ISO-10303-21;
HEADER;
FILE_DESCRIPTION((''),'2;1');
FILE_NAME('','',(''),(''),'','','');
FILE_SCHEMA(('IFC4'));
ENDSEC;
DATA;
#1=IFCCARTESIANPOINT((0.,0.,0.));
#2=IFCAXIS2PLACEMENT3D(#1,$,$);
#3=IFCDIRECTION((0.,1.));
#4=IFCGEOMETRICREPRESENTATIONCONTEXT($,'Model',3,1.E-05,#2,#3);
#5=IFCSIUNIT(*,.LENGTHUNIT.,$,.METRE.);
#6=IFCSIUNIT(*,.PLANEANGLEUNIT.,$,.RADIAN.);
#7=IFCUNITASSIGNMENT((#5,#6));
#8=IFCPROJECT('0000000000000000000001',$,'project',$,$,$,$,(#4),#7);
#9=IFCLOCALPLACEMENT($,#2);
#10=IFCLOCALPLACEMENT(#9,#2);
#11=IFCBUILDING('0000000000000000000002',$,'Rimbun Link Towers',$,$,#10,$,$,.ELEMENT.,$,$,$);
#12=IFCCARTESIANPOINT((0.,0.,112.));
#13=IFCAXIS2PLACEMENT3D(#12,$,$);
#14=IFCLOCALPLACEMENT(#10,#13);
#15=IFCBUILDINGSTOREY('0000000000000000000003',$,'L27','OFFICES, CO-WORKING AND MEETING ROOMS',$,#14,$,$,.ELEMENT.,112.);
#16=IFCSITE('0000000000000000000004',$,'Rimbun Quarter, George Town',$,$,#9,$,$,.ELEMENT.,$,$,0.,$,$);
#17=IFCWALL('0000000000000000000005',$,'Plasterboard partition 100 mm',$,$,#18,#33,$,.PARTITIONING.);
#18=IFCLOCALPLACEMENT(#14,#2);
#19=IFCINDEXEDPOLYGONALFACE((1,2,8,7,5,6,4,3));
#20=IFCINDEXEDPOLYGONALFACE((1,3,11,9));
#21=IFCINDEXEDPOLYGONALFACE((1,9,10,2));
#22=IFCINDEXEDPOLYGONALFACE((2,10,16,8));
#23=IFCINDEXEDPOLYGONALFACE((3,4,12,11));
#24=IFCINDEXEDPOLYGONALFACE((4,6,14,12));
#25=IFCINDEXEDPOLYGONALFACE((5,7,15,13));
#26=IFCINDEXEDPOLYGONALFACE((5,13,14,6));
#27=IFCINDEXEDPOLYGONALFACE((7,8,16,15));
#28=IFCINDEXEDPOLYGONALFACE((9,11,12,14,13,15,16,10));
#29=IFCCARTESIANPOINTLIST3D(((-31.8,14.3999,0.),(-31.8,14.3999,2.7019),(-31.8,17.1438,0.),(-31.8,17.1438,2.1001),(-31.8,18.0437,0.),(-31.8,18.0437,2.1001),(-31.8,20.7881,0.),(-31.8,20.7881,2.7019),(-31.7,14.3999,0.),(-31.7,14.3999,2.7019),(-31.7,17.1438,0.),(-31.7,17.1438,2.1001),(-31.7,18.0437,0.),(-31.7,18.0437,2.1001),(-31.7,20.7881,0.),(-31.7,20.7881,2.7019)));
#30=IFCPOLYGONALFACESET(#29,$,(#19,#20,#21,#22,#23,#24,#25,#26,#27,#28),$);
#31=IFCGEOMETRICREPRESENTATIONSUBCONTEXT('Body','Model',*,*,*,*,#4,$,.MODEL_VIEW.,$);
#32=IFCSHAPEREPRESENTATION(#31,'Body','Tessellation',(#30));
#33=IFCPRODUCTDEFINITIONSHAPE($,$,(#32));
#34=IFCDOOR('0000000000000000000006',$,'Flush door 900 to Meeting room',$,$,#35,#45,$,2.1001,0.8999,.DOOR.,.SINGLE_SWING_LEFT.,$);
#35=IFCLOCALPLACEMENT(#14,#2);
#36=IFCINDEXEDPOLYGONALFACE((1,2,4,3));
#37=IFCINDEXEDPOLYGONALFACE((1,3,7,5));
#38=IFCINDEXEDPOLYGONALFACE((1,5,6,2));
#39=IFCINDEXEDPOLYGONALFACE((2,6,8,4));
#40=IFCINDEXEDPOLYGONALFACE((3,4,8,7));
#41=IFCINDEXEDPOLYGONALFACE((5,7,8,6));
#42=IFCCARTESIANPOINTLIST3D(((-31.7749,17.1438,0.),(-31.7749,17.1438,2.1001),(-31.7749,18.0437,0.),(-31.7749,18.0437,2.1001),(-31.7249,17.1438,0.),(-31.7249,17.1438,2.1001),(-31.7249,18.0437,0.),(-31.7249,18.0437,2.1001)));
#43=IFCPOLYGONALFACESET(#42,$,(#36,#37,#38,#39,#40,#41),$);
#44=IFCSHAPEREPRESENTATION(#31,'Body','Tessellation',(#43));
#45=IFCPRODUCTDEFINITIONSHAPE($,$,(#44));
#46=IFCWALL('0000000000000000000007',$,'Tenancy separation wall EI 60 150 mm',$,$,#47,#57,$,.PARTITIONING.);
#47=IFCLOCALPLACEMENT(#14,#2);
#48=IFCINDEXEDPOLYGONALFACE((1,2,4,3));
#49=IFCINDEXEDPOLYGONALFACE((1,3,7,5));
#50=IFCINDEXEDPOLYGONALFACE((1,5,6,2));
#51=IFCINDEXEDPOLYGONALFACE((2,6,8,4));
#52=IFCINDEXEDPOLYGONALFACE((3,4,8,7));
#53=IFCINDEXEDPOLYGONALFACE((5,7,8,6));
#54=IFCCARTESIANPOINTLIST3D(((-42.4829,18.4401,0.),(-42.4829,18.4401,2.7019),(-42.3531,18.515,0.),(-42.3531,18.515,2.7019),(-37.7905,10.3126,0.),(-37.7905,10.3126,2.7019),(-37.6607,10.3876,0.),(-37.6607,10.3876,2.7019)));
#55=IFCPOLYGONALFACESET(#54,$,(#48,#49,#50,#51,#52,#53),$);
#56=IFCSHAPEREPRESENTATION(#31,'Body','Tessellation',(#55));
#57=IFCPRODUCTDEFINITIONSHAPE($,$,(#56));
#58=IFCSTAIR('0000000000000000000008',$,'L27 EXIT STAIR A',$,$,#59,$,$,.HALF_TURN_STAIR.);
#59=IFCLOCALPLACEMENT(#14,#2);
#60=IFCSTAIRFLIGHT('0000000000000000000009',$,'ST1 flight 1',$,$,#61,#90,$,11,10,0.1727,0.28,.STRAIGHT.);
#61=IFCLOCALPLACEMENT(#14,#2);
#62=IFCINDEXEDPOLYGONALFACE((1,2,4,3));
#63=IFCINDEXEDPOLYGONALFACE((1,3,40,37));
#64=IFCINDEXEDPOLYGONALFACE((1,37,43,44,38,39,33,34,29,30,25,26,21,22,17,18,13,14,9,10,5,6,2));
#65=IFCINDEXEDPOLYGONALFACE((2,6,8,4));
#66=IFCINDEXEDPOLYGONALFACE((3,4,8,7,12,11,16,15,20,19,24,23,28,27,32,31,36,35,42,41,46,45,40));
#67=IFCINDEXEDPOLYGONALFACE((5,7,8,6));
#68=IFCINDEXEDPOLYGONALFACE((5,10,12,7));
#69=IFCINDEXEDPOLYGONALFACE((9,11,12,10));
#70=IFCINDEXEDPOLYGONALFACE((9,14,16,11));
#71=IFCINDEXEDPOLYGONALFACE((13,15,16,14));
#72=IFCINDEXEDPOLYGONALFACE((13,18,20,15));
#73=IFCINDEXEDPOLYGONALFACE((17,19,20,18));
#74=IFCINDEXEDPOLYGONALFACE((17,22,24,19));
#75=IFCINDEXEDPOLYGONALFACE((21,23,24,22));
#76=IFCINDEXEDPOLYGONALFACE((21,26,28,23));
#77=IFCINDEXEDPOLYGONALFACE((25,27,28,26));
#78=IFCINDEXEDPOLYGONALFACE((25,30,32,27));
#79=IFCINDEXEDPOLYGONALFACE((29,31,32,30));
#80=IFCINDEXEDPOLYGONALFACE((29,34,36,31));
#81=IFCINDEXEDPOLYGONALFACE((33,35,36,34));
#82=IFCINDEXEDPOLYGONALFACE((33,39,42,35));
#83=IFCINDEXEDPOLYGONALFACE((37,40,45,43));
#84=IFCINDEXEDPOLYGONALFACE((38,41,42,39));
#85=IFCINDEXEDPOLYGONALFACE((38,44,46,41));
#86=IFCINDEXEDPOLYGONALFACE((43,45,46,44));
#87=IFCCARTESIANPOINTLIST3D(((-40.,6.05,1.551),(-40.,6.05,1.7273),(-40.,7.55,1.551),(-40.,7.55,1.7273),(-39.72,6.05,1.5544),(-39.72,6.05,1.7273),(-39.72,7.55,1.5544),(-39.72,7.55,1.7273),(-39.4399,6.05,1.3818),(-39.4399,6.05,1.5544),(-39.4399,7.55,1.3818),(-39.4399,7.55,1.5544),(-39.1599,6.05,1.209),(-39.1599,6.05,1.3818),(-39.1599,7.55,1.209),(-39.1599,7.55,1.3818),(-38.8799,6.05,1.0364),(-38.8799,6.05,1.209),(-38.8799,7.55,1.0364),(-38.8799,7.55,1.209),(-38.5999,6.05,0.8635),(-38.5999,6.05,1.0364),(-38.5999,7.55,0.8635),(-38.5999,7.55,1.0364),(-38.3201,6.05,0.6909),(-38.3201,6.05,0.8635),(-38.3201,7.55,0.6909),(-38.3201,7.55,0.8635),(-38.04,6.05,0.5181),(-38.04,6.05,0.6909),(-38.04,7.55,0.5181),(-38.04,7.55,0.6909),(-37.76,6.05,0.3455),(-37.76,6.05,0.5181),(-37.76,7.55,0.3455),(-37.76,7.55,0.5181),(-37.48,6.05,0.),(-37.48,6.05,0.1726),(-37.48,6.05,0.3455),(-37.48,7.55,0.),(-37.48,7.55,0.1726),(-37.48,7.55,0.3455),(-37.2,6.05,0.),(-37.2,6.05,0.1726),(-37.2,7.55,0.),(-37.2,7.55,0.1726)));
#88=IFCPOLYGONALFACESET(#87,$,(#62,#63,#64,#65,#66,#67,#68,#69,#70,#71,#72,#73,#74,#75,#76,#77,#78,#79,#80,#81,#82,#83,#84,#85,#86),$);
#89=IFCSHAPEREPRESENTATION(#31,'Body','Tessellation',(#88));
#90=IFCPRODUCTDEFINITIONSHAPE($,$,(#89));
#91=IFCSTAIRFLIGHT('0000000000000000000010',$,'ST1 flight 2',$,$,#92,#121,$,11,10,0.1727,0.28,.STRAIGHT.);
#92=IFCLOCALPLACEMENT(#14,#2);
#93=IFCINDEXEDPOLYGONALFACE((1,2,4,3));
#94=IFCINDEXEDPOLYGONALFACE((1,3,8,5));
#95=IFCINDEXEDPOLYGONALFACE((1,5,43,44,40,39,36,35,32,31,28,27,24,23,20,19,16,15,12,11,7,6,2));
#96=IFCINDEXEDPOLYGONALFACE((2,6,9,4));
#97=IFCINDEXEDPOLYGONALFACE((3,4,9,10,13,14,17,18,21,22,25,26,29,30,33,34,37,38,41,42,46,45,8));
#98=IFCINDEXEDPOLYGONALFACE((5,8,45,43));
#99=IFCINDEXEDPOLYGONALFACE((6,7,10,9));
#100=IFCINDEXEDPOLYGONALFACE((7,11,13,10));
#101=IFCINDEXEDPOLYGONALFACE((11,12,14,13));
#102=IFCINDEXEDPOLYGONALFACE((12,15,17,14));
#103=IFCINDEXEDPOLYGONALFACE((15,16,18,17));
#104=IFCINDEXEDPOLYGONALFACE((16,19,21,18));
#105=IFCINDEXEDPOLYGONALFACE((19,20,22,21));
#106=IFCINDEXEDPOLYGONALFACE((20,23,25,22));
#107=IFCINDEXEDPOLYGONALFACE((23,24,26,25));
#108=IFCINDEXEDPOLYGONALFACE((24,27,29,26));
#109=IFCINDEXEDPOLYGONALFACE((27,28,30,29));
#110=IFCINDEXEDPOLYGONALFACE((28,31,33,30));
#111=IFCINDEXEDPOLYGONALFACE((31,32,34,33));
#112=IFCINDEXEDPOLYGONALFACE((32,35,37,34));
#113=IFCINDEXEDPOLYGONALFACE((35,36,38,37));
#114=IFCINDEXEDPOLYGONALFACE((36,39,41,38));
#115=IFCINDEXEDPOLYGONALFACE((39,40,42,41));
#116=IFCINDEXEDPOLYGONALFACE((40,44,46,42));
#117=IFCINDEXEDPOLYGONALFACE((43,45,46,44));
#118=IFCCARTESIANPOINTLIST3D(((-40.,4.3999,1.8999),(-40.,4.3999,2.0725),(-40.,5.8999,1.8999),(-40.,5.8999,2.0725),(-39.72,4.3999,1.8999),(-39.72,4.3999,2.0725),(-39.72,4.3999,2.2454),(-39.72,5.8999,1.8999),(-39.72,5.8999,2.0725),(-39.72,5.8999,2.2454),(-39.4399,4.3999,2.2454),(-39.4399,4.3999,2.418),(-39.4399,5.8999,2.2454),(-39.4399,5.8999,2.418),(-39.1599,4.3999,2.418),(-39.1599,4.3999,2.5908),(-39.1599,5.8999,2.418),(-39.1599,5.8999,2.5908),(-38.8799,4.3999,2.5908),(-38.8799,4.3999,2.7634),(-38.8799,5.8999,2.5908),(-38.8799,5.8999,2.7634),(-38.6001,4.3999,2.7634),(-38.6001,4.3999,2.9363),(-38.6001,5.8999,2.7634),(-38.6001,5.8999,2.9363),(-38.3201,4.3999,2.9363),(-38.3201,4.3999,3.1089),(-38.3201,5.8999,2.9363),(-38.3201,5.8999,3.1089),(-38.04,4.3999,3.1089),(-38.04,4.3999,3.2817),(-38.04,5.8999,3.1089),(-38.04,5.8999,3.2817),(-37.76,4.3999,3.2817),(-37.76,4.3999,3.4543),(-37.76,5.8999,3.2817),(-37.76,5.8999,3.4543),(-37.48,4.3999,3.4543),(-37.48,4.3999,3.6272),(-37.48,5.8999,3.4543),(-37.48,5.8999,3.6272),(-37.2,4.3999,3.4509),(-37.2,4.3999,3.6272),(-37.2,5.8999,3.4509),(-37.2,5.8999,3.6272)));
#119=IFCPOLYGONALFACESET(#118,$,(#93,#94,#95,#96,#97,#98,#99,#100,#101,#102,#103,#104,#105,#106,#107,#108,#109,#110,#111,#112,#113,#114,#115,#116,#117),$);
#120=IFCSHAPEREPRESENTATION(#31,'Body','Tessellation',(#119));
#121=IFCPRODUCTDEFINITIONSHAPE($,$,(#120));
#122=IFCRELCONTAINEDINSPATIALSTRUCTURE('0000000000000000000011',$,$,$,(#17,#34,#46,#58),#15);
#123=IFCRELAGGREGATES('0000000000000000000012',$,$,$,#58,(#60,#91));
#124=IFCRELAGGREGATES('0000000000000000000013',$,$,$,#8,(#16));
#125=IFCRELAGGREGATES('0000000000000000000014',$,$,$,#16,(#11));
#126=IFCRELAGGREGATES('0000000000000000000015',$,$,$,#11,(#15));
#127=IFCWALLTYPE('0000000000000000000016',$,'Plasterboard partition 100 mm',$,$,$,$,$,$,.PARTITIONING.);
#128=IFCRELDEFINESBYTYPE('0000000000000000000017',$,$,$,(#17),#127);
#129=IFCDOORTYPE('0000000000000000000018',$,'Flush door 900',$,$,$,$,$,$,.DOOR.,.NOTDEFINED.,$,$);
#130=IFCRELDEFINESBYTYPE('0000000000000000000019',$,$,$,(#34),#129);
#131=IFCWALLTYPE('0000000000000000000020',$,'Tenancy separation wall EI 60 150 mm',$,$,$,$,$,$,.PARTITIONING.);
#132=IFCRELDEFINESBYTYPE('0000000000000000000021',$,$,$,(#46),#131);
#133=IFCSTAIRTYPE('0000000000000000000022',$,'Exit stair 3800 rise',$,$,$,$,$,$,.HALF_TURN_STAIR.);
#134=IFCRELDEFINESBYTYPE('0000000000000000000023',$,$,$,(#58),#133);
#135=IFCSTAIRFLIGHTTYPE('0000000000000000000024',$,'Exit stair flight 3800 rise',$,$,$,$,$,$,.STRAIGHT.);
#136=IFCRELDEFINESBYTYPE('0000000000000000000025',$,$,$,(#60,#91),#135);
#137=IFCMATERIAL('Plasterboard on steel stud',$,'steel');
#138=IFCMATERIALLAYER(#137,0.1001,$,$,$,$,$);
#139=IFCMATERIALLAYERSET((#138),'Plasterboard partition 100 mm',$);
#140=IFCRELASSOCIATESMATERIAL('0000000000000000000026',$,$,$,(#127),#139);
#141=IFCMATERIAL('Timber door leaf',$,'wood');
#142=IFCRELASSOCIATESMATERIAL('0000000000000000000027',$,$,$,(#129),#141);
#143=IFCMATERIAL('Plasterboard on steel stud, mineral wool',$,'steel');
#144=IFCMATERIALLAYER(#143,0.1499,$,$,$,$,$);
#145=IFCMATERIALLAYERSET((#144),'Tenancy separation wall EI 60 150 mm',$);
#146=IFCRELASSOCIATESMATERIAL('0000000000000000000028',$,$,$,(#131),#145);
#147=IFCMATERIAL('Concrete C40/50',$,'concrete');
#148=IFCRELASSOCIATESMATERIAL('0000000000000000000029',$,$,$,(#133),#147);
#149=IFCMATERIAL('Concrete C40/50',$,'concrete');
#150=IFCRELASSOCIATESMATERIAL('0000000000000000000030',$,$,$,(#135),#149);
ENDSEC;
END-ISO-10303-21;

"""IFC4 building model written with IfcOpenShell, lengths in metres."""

from ifc_helpers import new_model, si_unit, direction, frame, frame_2d, origin, place, context, subcontext, project, spatial, polyline, rectangle, outline, extrude, material, layer, layer_set, type_object, element, fill, aggregate, save


model = new_model("IFC4")

# Units and contexts
model_context = context("Model", 3, precision=1e-05, world=origin(), true_north=direction((0.0, 1.0)))
body_context = subcontext(model_context, "Body", "Model", "MODEL_VIEW")
ifc_project = project(units=[si_unit("LENGTHUNIT", "METRE"), si_unit("PLANEANGLEUNIT", "RADIAN")], contexts=[model_context])

# Site, building, storey
site_placement = place(None, origin())
site = spatial("IfcSite", under=ifc_project, at=site_placement, Name="Rimbun Quarter, George Town", CompositionType="ELEMENT", RefElevation=0.0)
building_placement = place(site_placement, origin())
building = spatial("IfcBuilding", under=site, at=building_placement, Name="Rimbun Link Towers", CompositionType="ELEMENT")
storey_placement = place(building_placement, frame((0.0, 0.0, 112.0)))
storey = spatial("IfcBuildingStorey", under=building, at=storey_placement, Name="L27", Description="OFFICES, CO-WORKING AND MEETING ROOMS", CompositionType="ELEMENT", Elevation=112.0)

# Shared definitions
ifc_material_1 = material(Name="Plasterboard on steel stud", Category="steel")
ifc_layer_1 = layer(ifc_material_1, 0.1001)
ifc_layer_set_1 = layer_set([ifc_layer_1], Name="Plasterboard partition 100 mm")
wall_type_1 = type_object("IfcWallType", Name="Plasterboard partition 100 mm", PredefinedType="PARTITIONING", material=ifc_layer_set_1)
ifc_material_2 = material(Name="Timber door leaf", Category="wood")
door_type_1 = type_object("IfcDoorType", Name="Flush door 900", OperationType="NOTDEFINED", PredefinedType="DOOR", material=ifc_material_2)

# Wall, opening, door
wall_1_placement = place(storey_placement, frame((-31.75, 14.3999, 0.0), z_axis=(0.0, 0.0, 1.0), x_axis=(0.0, 1.0, 0.0)))
wall_1 = element("IfcWall", 1, at=wall_1_placement, inside=storey, type_object=wall_type_1, Name="Plasterboard partition 100 mm", PredefinedType="PARTITIONING", context=body_context, shape_type="SweptSolid", body=[
    extrude(rectangle(XDim=6.3882, YDim=0.1001, at=frame_2d((3.1941, 0.0))), origin(), (0.0, 0.0, 1.0), 2.7019),
])
opening_1_placement = place(wall_1_placement, frame((2.7439, 0.0, 0.0)))
opening_1 = element("IfcOpeningElement", 2, at=opening_1_placement, cuts=wall_1, PredefinedType="OPENING", context=body_context, shape_type="SweptSolid", body=[
    extrude(rectangle(XDim=0.8999, YDim=2.1001, at=frame_2d((0.45, 1.05))), frame((0.0, 0.0601, 0.0), z_axis=(0.0, -1.0, 0.0), x_axis=(1.0, 0.0, 0.0)), (0.0, 0.0, 1.0), 0.1201),
])
door_1_placement = place(opening_1_placement, origin())
door_1 = element("IfcDoor", 3, at=door_1_placement, inside=storey, type_object=door_type_1, Name="Flush door 900 to Meeting room", OperationType="SINGLE_SWING_LEFT", OverallHeight=2.1001, OverallWidth=0.8999, PredefinedType="DOOR", context=body_context, shape_type="SweptSolid", body=[
    extrude(rectangle(XDim=0.8999, YDim=2.1001, at=frame_2d((0.45, 1.05))), frame((0.0, 0.0249, 0.0), z_axis=(0.0, -1.0, 0.0), x_axis=(1.0, 0.0, 0.0)), (0.0, 0.0, 1.0), 0.05),
])
fill(opening_1, door_1)

# Wall
ifc_material_3 = material(Name="Plasterboard on steel stud, mineral wool", Category="steel")
ifc_layer_2 = layer(ifc_material_3, 0.1499)
ifc_layer_set_2 = layer_set([ifc_layer_2], Name="Tenancy separation wall EI 60 150 mm")
wall_type_2 = type_object("IfcWallType", Name="Tenancy separation wall EI 60 150 mm", PredefinedType="PARTITIONING", material=ifc_layer_set_2)
wall_2_placement = place(storey_placement, frame((-37.7256, 10.3501, 0.0), z_axis=(0.0, 0.0, 1.0), x_axis=(-0.5, 0.866025, 0.0)))
element("IfcWall", 4, at=wall_2_placement, inside=storey, type_object=wall_type_2, Name="Tenancy separation wall EI 60 150 mm", PredefinedType="PARTITIONING", context=body_context, shape_type="SweptSolid", body=[
    extrude(rectangle(XDim=9.3848, YDim=0.1499, at=frame_2d((4.6924, 0.0))), origin(), (0.0, 0.0, 1.0), 2.7019),
])

# Stair, stair flights
ifc_material_4 = material(Name="Concrete C40/50", Category="concrete")
stair_type = type_object("IfcStairType", Name="Exit stair 3800 rise", PredefinedType="HALF_TURN_STAIR", material=ifc_material_4)
stair_placement = place(storey_placement, origin())
stair = element("IfcStair", 5, at=stair_placement, inside=storey, type_object=stair_type, Name="L27 EXIT STAIR A", PredefinedType="HALF_TURN_STAIR")
ifc_material_5 = material(Name="Concrete C40/50", Category="concrete")
stair_flight_type = type_object("IfcStairFlightType", Name="Exit stair flight 3800 rise", PredefinedType="STRAIGHT", material=ifc_material_5)
stair_flight_1_placement = place(storey_placement, frame((-37.2, 6.8, 0.0), z_axis=(0.0, 0.0, 1.0), x_axis=(-1.0, 0.0, 0.0)))
stair_flight_1 = element("IfcStairFlight", 6, at=stair_flight_1_placement, type_object=stair_flight_type, Name="ST1 flight 1", NumberOfRisers=11, NumberOfTreads=10, PredefinedType="STRAIGHT", RiserHeight=0.1727, TreadLength=0.28, context=body_context, shape_type="SweptSolid", body=[
    extrude(outline(polyline([(0.0, 0.0), (0.0, 0.1726), (0.28, 0.1726), (0.28, 0.3455), (0.5601, 0.3455), (0.5601, 0.5181), (0.8401, 0.5181), (0.8401, 0.6909), (1.1201, 0.6909), (1.1201, 0.8635), (1.3999, 0.8635), (1.3999, 1.0364), (1.6799, 1.0364), (1.6799, 1.209), (1.96, 1.209), (1.96, 1.3818), (2.24, 1.3818), (2.24, 1.5544), (2.52, 1.5544), (2.52, 1.7273), (2.8, 1.7273), (2.8, 1.8999), (2.8, 1.551), (0.28, 0.0), (0.0, 0.0)])), frame((0.0, 0.75, 0.0), z_axis=(0.0, -1.0, 0.0), x_axis=(1.0, 0.0, 0.0)), (0.0, 0.0, 1.0), 1.5),
])
stair_flight_2_placement = place(storey_placement, frame((-40.0, 5.1499, 1.8999), z_axis=(0.0, 0.0, 1.0), x_axis=(1.0, 0.0, 0.0)))
stair_flight_2 = element("IfcStairFlight", 7, at=stair_flight_2_placement, type_object=stair_flight_type, Name="ST1 flight 2", NumberOfRisers=11, NumberOfTreads=10, PredefinedType="STRAIGHT", RiserHeight=0.1727, TreadLength=0.28, context=body_context, shape_type="SweptSolid", body=[
    extrude(outline(polyline([(0.0, 0.0), (0.0, 0.1726), (0.28, 0.1726), (0.28, 0.3455), (0.5601, 0.3455), (0.5601, 0.5181), (0.8401, 0.5181), (0.8401, 0.6909), (1.1201, 0.6909), (1.1201, 0.8635), (1.3999, 0.8635), (1.3999, 1.0364), (1.6799, 1.0364), (1.6799, 1.209), (1.96, 1.209), (1.96, 1.3818), (2.24, 1.3818), (2.24, 1.5544), (2.52, 1.5544), (2.52, 1.7273), (2.8, 1.7273), (2.8, 1.8999), (2.8, 1.551), (0.28, 0.0), (0.0, 0.0)])), frame((0.0, 0.75, 0.0), z_axis=(0.0, -1.0, 0.0), x_axis=(1.0, 0.0, 0.0)), (0.0, 0.0, 1.0), 1.5),
])
aggregate(stair, [stair_flight_1, stair_flight_2])

save(model, "model.ifc")
